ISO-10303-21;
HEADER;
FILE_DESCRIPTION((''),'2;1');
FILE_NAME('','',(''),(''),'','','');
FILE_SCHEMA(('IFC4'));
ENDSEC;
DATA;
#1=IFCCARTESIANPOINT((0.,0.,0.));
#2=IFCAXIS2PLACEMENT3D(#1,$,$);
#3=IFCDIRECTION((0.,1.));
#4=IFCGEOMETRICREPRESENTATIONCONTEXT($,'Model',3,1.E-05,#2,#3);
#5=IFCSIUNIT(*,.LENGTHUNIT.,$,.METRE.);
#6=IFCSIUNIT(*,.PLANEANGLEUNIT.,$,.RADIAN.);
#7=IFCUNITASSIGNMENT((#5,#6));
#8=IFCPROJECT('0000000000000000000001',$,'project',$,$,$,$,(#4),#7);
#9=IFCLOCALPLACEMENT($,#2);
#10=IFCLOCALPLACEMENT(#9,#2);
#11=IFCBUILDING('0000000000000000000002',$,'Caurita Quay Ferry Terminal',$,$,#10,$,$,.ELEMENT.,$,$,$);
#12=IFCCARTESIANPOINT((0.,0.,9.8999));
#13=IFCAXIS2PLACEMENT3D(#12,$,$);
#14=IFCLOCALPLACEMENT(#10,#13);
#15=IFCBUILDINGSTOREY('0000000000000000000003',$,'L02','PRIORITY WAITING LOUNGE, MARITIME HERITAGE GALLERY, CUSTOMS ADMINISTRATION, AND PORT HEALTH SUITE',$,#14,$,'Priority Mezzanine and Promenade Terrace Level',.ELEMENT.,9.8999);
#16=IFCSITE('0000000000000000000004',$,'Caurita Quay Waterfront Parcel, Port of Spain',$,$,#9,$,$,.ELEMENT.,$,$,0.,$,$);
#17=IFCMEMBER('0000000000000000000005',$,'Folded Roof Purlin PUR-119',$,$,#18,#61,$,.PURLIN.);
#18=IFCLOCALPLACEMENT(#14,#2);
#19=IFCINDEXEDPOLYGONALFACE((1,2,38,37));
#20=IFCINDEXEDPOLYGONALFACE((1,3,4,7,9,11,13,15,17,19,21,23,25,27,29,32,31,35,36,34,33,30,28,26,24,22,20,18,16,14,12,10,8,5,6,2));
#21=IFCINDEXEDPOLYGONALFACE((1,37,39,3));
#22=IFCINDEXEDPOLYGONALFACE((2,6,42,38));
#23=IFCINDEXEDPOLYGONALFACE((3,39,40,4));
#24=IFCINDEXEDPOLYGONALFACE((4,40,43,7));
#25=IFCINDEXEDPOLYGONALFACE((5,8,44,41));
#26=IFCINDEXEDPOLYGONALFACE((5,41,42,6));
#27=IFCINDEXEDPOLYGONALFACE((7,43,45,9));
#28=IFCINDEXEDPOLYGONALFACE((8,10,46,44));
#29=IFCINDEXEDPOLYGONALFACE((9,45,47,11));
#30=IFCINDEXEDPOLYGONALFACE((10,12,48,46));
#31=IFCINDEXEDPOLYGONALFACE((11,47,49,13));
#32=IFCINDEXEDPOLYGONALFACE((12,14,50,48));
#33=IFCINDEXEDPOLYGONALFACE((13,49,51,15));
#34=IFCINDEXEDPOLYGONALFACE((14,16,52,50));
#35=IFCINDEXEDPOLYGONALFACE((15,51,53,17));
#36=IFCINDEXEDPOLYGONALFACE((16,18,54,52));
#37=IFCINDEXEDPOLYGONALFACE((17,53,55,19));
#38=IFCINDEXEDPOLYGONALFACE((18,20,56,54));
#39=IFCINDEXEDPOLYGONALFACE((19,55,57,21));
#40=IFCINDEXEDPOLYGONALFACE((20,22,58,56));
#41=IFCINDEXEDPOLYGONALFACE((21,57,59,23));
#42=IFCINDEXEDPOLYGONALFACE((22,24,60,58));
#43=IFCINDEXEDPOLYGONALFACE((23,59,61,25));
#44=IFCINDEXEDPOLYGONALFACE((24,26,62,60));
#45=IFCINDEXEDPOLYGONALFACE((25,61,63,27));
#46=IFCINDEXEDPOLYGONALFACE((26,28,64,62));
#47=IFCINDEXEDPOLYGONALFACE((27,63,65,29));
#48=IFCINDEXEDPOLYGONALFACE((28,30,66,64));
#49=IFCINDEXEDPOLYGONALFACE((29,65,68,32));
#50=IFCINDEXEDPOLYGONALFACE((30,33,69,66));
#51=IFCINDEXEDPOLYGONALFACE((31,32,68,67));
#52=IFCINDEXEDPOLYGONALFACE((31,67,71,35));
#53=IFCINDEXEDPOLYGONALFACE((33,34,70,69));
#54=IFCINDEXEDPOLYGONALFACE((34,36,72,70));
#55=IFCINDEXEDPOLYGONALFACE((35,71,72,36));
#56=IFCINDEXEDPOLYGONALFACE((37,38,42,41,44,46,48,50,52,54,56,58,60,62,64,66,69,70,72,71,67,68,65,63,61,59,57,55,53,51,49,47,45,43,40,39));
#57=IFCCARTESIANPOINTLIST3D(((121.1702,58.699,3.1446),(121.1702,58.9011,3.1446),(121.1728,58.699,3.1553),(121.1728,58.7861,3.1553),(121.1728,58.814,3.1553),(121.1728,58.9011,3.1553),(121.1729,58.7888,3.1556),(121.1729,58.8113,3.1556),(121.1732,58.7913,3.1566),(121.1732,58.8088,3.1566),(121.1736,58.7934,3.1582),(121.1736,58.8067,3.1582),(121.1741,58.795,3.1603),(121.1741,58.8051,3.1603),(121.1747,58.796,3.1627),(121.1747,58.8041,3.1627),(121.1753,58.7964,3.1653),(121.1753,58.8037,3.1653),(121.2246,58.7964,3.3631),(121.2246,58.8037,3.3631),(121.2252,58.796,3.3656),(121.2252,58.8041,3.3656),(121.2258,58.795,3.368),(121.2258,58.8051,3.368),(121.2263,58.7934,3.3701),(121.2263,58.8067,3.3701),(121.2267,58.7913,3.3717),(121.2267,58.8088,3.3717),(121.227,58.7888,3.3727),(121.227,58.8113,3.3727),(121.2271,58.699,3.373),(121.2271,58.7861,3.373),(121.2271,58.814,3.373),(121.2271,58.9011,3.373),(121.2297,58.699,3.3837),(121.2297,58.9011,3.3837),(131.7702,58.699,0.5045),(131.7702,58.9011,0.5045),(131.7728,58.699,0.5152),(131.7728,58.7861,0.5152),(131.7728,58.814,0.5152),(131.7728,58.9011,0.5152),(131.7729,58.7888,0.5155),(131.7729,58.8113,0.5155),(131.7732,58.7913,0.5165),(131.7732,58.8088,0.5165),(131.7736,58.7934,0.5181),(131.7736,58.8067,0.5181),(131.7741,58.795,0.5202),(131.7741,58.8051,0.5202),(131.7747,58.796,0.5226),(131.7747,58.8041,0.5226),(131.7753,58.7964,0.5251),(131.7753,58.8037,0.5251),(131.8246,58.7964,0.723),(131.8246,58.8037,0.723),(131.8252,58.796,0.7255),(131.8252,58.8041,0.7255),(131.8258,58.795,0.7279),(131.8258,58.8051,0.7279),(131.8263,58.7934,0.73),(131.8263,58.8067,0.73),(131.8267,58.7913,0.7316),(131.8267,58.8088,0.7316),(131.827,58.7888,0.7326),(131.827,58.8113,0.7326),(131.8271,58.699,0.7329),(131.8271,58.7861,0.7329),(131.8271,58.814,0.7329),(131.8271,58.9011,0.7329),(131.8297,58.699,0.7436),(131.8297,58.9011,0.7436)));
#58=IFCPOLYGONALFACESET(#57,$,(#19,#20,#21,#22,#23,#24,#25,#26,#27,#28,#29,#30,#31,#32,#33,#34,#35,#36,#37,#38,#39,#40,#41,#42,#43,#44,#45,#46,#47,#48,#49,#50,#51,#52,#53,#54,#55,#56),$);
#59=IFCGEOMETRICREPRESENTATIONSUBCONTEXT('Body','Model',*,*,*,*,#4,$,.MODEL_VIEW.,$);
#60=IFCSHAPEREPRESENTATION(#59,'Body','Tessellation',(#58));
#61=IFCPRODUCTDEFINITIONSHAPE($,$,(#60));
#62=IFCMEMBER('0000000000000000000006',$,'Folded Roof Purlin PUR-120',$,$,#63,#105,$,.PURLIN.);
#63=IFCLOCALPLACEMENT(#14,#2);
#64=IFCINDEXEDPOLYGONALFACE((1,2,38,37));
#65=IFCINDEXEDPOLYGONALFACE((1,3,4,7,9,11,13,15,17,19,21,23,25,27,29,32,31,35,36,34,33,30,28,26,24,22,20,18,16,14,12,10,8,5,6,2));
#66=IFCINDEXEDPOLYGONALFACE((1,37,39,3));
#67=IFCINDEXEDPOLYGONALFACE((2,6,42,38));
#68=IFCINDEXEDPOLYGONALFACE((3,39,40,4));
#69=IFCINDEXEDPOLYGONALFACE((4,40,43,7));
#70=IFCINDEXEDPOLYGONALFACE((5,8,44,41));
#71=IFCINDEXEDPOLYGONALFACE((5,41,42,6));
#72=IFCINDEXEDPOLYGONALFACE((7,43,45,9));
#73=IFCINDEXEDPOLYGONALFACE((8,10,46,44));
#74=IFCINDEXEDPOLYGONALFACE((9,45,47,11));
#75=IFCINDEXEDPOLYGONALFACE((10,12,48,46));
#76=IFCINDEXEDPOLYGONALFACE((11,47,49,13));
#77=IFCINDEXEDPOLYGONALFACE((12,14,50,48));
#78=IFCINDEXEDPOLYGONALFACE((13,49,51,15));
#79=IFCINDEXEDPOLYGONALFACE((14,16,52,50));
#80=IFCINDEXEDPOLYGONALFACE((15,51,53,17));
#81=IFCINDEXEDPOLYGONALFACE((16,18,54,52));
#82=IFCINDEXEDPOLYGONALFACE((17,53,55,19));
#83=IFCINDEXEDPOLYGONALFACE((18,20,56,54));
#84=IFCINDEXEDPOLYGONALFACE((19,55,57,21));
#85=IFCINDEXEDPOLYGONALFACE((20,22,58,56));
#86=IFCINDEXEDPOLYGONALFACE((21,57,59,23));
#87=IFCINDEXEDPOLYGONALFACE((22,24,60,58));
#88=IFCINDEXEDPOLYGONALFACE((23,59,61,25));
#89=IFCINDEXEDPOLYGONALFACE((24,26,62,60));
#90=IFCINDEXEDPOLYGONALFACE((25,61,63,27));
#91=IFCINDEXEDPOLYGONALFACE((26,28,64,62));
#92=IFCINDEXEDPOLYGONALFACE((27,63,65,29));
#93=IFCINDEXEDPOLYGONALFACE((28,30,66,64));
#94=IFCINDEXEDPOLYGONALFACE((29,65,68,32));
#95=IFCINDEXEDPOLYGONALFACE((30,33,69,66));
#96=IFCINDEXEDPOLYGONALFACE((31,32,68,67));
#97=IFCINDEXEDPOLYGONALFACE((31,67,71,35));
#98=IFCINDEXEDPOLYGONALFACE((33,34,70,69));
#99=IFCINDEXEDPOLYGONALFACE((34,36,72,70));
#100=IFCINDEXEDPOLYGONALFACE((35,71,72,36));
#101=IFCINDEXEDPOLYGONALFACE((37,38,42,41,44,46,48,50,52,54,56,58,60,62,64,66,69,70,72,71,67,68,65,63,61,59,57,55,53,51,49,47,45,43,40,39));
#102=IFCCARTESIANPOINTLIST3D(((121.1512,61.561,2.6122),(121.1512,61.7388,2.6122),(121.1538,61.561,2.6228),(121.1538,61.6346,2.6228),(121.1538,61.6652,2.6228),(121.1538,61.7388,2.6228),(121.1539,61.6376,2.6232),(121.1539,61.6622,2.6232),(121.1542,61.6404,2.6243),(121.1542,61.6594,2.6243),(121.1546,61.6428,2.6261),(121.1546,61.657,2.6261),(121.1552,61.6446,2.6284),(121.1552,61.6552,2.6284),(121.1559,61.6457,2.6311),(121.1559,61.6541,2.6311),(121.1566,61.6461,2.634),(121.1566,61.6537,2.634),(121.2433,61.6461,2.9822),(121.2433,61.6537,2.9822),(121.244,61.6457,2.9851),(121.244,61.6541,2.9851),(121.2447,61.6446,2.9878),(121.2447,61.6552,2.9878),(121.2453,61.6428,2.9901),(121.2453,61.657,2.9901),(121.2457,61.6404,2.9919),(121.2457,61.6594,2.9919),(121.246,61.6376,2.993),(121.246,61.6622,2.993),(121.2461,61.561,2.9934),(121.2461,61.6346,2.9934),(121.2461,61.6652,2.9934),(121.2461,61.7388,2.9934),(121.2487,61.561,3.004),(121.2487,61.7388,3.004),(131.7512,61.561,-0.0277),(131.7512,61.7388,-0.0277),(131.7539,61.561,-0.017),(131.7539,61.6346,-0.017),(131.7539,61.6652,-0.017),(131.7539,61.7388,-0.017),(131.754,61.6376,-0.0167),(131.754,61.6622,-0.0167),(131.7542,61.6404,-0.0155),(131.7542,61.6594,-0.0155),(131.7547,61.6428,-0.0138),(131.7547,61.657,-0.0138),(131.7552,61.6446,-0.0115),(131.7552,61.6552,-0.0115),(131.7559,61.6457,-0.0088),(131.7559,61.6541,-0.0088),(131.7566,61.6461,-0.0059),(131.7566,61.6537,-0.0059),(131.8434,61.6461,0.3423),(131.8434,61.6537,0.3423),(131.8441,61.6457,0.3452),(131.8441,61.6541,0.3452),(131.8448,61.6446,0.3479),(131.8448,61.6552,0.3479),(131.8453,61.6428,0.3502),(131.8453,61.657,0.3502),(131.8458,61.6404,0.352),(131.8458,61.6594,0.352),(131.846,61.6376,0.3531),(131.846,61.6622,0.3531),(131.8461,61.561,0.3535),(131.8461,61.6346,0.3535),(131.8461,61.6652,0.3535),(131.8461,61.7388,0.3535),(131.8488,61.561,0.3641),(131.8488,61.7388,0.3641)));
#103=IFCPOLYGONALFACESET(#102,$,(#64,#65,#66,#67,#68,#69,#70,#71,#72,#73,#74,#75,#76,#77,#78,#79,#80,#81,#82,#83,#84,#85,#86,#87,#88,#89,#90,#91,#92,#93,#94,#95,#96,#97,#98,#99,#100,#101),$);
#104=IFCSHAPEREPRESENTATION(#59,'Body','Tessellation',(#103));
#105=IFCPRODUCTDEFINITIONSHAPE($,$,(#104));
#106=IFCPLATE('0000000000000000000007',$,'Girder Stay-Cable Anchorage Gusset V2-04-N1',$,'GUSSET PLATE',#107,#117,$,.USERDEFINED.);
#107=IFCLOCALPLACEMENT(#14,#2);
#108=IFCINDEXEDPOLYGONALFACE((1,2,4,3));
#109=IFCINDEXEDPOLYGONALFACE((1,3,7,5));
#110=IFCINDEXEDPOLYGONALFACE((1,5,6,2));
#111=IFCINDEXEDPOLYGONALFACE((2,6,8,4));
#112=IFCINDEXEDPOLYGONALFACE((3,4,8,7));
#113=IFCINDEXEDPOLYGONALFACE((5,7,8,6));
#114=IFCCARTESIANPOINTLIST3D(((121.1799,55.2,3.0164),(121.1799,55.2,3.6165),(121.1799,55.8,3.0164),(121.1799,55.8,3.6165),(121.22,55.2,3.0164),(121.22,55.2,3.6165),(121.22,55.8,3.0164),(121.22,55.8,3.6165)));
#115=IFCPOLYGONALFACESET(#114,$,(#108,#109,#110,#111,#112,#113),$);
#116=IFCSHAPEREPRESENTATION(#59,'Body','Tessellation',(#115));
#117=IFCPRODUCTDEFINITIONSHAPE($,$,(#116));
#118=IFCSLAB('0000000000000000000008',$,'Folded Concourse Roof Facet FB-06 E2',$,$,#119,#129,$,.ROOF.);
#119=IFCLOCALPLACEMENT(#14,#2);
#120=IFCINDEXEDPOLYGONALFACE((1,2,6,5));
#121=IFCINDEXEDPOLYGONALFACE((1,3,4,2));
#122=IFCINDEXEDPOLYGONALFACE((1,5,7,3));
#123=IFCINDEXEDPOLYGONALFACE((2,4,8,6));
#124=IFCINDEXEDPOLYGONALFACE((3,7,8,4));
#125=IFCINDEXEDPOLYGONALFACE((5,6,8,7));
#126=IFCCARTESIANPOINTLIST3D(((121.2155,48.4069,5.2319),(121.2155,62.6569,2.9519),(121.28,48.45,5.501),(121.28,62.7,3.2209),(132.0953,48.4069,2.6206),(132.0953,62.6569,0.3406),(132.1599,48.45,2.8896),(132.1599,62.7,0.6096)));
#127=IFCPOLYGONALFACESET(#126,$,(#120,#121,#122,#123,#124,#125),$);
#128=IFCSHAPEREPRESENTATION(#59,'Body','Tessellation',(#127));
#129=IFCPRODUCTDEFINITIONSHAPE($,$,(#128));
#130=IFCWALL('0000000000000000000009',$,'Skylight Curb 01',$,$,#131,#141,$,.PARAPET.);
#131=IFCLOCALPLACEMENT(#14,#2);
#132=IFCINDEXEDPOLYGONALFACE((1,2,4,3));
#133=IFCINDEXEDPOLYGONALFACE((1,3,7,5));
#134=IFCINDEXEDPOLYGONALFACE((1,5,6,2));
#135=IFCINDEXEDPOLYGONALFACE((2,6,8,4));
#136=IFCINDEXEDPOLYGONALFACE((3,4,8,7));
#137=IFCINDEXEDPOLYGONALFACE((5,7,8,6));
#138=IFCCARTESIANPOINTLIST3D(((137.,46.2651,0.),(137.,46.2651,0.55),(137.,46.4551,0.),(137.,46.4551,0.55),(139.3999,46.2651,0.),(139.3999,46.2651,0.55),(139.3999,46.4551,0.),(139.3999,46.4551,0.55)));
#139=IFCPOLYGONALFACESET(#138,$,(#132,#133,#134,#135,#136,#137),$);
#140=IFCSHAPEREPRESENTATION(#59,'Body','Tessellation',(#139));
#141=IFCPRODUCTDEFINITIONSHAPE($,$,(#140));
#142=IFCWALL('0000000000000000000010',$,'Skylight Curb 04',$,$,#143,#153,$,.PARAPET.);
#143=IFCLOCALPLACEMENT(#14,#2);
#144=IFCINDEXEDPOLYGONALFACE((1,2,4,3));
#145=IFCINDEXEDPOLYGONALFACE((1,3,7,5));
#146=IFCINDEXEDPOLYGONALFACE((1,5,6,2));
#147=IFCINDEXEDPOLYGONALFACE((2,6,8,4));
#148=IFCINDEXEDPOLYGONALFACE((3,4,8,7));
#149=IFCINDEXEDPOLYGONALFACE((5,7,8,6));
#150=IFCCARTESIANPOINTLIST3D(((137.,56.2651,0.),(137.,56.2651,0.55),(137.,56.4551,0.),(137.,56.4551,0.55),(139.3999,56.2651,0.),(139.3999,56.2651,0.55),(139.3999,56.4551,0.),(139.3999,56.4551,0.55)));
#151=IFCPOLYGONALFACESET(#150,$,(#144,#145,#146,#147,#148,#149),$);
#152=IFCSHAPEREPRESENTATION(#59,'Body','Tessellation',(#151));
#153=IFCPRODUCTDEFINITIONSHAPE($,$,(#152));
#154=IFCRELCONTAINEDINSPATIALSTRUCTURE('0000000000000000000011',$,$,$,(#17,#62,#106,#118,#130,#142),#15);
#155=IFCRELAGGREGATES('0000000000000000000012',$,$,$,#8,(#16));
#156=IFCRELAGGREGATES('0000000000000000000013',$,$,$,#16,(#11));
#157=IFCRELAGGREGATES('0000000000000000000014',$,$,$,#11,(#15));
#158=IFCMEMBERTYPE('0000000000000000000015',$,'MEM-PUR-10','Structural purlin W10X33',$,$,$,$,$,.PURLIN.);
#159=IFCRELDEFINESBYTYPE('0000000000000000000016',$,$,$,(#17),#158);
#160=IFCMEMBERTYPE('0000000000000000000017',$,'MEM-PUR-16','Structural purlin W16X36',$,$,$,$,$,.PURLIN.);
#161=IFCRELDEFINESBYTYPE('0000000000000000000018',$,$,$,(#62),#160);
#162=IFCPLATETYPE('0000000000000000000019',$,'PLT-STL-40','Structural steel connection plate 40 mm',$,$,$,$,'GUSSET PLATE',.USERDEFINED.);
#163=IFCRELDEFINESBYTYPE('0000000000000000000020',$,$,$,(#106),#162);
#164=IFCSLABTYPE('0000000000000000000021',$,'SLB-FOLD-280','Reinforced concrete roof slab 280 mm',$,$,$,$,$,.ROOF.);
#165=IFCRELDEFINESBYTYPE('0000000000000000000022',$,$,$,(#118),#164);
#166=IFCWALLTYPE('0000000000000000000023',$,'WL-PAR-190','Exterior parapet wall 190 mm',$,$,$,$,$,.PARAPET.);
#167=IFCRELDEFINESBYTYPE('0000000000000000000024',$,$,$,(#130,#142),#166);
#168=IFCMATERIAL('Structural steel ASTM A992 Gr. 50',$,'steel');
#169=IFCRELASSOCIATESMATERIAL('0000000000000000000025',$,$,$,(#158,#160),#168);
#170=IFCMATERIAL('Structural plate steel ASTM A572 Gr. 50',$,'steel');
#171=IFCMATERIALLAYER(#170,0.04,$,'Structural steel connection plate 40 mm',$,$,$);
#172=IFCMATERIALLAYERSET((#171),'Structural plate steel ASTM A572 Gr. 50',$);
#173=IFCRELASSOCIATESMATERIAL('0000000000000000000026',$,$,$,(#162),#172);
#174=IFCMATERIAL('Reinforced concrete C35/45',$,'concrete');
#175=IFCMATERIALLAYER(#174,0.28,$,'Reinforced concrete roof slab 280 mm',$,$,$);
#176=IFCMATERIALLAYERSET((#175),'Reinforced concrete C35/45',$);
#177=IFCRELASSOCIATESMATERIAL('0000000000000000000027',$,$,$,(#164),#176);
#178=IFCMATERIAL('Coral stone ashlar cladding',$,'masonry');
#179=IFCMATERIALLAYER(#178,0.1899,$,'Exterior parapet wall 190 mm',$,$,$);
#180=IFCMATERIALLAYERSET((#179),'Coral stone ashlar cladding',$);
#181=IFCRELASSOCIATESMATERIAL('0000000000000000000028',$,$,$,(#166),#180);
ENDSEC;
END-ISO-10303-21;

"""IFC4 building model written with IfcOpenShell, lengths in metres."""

from ifc_helpers import new_model, si_unit, direction, frame, frame_2d, origin, origin_2d, place, context, subcontext, project, spatial, polyline, rectangle, i_section, outline, extrude, material, layer, layer_set, material_profile, profile_set, type_object, element, save


model = new_model("IFC4")

# Units and contexts
model_context = context("Model", 3, precision=1e-05, world=origin(), true_north=direction((0.0, 1.0)))
body_context = subcontext(model_context, "Body", "Model", "MODEL_VIEW")
ifc_project = project(units=[si_unit("LENGTHUNIT", "METRE"), si_unit("PLANEANGLEUNIT", "RADIAN")], contexts=[model_context])

# Site, building, storey
site_placement = place(None, origin())
site = spatial("IfcSite", under=ifc_project, at=site_placement, Name="Caurita Quay Waterfront Parcel, Port of Spain", CompositionType="ELEMENT", RefElevation=0.0)
building_placement = place(site_placement, origin())
building = spatial("IfcBuilding", under=site, at=building_placement, Name="Caurita Quay Ferry Terminal", CompositionType="ELEMENT")
storey_placement = place(building_placement, frame((0.0, 0.0, 9.8999)))
storey = spatial("IfcBuildingStorey", under=building, at=storey_placement, Name="L02", Description="PRIORITY WAITING LOUNGE, MARITIME HERITAGE GALLERY, CUSTOMS ADMINISTRATION, AND PORT HEALTH SUITE", LongName="Priority Mezzanine and Promenade Terrace Level", CompositionType="ELEMENT", Elevation=9.8999)

# Shared definitions
ifc_material_1 = material(Name="Structural steel ASTM A992 Gr. 50", Category="steel")

# Members
ifc_material_profile_1 = material_profile(ifc_material_1, i_section(OverallWidth=0.2021, OverallDepth=0.2463, WebThickness=0.0073, FlangeThickness=0.011, FilletRadius=0.0103, at=origin_2d()), Name="W10X33")
ifc_profile_set_1 = profile_set([ifc_material_profile_1], Name="Structural steel ASTM A992 Gr. 50")
member_type_1 = type_object("IfcMemberType", Name="MEM-PUR-10", Description="Structural purlin W10X33", PredefinedType="PURLIN", material=ifc_profile_set_1)
member_1_placement = place(storey_placement, frame((121.2, 58.8, 3.2642), z_axis=(0.970355, 0.0, -0.241684), x_axis=(0.0, 1.0, 0.0)))
element("IfcMember", 1, at=member_1_placement, inside=storey, type_object=member_type_1, Name="Folded Roof Purlin PUR-119", PredefinedType="PURLIN", context=body_context, shape_type="SweptSolid", body=[
    extrude(i_section(OverallWidth=0.2021, OverallDepth=0.2463, WebThickness=0.0073, FlangeThickness=0.011, FilletRadius=0.0103, at=origin_2d()), origin(), (0.0, 0.0, 1.0), 10.9238),
])
ifc_material_profile_2 = material_profile(ifc_material_1, i_section(OverallWidth=0.1777, OverallDepth=0.4038, WebThickness=0.0076, FlangeThickness=0.011, FilletRadius=0.0115, at=origin_2d()), Name="W16X36")
ifc_profile_set_2 = profile_set([ifc_material_profile_2], Name="Structural steel ASTM A992 Gr. 50")
member_type_2 = type_object("IfcMemberType", Name="MEM-PUR-16", Description="Structural purlin W16X36", PredefinedType="PURLIN", material=ifc_profile_set_2)
member_2_placement = place(storey_placement, frame((121.2, 61.6499, 2.8081), z_axis=(0.97036, 0.0, -0.241663), x_axis=(0.0, 1.0, 0.0)))
element("IfcMember", 2, at=member_2_placement, inside=storey, type_object=member_type_2, Name="Folded Roof Purlin PUR-120", PredefinedType="PURLIN", context=body_context, shape_type="SweptSolid", body=[
    extrude(i_section(OverallWidth=0.1777, OverallDepth=0.4038, WebThickness=0.0076, FlangeThickness=0.011, FilletRadius=0.0115, at=origin_2d()), origin(), (0.0, 0.0, 1.0), 10.9238),
])

# Plate
ifc_material_2 = material(Name="Structural plate steel ASTM A572 Gr. 50", Category="steel")
ifc_layer_1 = layer(ifc_material_2, 0.04, Name="Structural steel connection plate 40 mm")
ifc_layer_set_1 = layer_set([ifc_layer_1], Name="Structural plate steel ASTM A572 Gr. 50")
plate_type = type_object("IfcPlateType", Name="PLT-STL-40", Description="Structural steel connection plate 40 mm", ElementType="GUSSET PLATE", PredefinedType="USERDEFINED", material=ifc_layer_set_1)
plate_placement = place(storey_placement, frame((121.2, 55.5, 3.0164), z_axis=(0.0, 0.0, 1.0), x_axis=(1.0, 0.0, 0.0)))
element("IfcPlate", 3, at=plate_placement, inside=storey, type_object=plate_type, Name="Girder Stay-Cable Anchorage Gusset V2-04-N1", ObjectType="GUSSET PLATE", PredefinedType="USERDEFINED", context=body_context, shape_type="SweptSolid", body=[
    extrude(rectangle(XDim=0.04, YDim=0.6001, at=origin_2d()), origin(), (0.0, 0.0, 1.0), 0.6001),
])

# Slab
ifc_material_3 = material(Name="Reinforced concrete C35/45", Category="concrete")
ifc_layer_2 = layer(ifc_material_3, 0.28, Name="Reinforced concrete roof slab 280 mm")
ifc_layer_set_2 = layer_set([ifc_layer_2], Name="Reinforced concrete C35/45")
slab_type = type_object("IfcSlabType", Name="SLB-FOLD-280", Description="Reinforced concrete roof slab 280 mm", PredefinedType="ROOF", material=ifc_layer_set_2)
slab_placement = place(storey_placement, frame((121.28, 48.45, 5.501), z_axis=(0.230612, 0.153734, 0.960825), x_axis=(0.972384, 0.0, -0.233386)))
element("IfcSlab", 4, at=slab_placement, inside=storey, type_object=slab_type, Name="Folded Concourse Roof Facet FB-06 E2", PredefinedType="ROOF", context=body_context, shape_type="SweptSolid", body=[
    extrude(outline(polyline([(0.0, 0.0), (11.1889, 0.0), (11.721, 14.4214), (0.5321, 14.4214), (0.0, 0.0)])), origin(), (0.0, 0.0, -1.0), 0.28),
])

# Walls
ifc_material_4 = material(Name="Coral stone ashlar cladding", Category="masonry")
ifc_layer_3 = layer(ifc_material_4, 0.1899, Name="Exterior parapet wall 190 mm")
ifc_layer_set_3 = layer_set([ifc_layer_3], Name="Coral stone ashlar cladding")
wall_type = type_object("IfcWallType", Name="WL-PAR-190", Description="Exterior parapet wall 190 mm", PredefinedType="PARAPET", material=ifc_layer_set_3)
for number, where, z_axis, x_axis, name in (
    (5, (137.0, 46.3601, 0.0), (0.0, 0.0, 1.0), (1.0, 0.0, 0.0), "Skylight Curb 01"),
    (6, (137.0, 56.3601, 0.0), (0.0, 0.0, 1.0), (1.0, 0.0, 0.0), "Skylight Curb 04"),
):
    element("IfcWall", number, at=place(storey_placement, frame(where, z_axis=z_axis, x_axis=x_axis)), inside=storey, type_object=wall_type, Name=name, PredefinedType="PARAPET", context=body_context, shape_type="SweptSolid", body=[
        extrude(rectangle(XDim=2.3999, YDim=0.1899, at=frame_2d((1.2, 0.0))), origin(), (0.0, 0.0, 1.0), 0.55),
    ])

save(model, "model.ifc")
